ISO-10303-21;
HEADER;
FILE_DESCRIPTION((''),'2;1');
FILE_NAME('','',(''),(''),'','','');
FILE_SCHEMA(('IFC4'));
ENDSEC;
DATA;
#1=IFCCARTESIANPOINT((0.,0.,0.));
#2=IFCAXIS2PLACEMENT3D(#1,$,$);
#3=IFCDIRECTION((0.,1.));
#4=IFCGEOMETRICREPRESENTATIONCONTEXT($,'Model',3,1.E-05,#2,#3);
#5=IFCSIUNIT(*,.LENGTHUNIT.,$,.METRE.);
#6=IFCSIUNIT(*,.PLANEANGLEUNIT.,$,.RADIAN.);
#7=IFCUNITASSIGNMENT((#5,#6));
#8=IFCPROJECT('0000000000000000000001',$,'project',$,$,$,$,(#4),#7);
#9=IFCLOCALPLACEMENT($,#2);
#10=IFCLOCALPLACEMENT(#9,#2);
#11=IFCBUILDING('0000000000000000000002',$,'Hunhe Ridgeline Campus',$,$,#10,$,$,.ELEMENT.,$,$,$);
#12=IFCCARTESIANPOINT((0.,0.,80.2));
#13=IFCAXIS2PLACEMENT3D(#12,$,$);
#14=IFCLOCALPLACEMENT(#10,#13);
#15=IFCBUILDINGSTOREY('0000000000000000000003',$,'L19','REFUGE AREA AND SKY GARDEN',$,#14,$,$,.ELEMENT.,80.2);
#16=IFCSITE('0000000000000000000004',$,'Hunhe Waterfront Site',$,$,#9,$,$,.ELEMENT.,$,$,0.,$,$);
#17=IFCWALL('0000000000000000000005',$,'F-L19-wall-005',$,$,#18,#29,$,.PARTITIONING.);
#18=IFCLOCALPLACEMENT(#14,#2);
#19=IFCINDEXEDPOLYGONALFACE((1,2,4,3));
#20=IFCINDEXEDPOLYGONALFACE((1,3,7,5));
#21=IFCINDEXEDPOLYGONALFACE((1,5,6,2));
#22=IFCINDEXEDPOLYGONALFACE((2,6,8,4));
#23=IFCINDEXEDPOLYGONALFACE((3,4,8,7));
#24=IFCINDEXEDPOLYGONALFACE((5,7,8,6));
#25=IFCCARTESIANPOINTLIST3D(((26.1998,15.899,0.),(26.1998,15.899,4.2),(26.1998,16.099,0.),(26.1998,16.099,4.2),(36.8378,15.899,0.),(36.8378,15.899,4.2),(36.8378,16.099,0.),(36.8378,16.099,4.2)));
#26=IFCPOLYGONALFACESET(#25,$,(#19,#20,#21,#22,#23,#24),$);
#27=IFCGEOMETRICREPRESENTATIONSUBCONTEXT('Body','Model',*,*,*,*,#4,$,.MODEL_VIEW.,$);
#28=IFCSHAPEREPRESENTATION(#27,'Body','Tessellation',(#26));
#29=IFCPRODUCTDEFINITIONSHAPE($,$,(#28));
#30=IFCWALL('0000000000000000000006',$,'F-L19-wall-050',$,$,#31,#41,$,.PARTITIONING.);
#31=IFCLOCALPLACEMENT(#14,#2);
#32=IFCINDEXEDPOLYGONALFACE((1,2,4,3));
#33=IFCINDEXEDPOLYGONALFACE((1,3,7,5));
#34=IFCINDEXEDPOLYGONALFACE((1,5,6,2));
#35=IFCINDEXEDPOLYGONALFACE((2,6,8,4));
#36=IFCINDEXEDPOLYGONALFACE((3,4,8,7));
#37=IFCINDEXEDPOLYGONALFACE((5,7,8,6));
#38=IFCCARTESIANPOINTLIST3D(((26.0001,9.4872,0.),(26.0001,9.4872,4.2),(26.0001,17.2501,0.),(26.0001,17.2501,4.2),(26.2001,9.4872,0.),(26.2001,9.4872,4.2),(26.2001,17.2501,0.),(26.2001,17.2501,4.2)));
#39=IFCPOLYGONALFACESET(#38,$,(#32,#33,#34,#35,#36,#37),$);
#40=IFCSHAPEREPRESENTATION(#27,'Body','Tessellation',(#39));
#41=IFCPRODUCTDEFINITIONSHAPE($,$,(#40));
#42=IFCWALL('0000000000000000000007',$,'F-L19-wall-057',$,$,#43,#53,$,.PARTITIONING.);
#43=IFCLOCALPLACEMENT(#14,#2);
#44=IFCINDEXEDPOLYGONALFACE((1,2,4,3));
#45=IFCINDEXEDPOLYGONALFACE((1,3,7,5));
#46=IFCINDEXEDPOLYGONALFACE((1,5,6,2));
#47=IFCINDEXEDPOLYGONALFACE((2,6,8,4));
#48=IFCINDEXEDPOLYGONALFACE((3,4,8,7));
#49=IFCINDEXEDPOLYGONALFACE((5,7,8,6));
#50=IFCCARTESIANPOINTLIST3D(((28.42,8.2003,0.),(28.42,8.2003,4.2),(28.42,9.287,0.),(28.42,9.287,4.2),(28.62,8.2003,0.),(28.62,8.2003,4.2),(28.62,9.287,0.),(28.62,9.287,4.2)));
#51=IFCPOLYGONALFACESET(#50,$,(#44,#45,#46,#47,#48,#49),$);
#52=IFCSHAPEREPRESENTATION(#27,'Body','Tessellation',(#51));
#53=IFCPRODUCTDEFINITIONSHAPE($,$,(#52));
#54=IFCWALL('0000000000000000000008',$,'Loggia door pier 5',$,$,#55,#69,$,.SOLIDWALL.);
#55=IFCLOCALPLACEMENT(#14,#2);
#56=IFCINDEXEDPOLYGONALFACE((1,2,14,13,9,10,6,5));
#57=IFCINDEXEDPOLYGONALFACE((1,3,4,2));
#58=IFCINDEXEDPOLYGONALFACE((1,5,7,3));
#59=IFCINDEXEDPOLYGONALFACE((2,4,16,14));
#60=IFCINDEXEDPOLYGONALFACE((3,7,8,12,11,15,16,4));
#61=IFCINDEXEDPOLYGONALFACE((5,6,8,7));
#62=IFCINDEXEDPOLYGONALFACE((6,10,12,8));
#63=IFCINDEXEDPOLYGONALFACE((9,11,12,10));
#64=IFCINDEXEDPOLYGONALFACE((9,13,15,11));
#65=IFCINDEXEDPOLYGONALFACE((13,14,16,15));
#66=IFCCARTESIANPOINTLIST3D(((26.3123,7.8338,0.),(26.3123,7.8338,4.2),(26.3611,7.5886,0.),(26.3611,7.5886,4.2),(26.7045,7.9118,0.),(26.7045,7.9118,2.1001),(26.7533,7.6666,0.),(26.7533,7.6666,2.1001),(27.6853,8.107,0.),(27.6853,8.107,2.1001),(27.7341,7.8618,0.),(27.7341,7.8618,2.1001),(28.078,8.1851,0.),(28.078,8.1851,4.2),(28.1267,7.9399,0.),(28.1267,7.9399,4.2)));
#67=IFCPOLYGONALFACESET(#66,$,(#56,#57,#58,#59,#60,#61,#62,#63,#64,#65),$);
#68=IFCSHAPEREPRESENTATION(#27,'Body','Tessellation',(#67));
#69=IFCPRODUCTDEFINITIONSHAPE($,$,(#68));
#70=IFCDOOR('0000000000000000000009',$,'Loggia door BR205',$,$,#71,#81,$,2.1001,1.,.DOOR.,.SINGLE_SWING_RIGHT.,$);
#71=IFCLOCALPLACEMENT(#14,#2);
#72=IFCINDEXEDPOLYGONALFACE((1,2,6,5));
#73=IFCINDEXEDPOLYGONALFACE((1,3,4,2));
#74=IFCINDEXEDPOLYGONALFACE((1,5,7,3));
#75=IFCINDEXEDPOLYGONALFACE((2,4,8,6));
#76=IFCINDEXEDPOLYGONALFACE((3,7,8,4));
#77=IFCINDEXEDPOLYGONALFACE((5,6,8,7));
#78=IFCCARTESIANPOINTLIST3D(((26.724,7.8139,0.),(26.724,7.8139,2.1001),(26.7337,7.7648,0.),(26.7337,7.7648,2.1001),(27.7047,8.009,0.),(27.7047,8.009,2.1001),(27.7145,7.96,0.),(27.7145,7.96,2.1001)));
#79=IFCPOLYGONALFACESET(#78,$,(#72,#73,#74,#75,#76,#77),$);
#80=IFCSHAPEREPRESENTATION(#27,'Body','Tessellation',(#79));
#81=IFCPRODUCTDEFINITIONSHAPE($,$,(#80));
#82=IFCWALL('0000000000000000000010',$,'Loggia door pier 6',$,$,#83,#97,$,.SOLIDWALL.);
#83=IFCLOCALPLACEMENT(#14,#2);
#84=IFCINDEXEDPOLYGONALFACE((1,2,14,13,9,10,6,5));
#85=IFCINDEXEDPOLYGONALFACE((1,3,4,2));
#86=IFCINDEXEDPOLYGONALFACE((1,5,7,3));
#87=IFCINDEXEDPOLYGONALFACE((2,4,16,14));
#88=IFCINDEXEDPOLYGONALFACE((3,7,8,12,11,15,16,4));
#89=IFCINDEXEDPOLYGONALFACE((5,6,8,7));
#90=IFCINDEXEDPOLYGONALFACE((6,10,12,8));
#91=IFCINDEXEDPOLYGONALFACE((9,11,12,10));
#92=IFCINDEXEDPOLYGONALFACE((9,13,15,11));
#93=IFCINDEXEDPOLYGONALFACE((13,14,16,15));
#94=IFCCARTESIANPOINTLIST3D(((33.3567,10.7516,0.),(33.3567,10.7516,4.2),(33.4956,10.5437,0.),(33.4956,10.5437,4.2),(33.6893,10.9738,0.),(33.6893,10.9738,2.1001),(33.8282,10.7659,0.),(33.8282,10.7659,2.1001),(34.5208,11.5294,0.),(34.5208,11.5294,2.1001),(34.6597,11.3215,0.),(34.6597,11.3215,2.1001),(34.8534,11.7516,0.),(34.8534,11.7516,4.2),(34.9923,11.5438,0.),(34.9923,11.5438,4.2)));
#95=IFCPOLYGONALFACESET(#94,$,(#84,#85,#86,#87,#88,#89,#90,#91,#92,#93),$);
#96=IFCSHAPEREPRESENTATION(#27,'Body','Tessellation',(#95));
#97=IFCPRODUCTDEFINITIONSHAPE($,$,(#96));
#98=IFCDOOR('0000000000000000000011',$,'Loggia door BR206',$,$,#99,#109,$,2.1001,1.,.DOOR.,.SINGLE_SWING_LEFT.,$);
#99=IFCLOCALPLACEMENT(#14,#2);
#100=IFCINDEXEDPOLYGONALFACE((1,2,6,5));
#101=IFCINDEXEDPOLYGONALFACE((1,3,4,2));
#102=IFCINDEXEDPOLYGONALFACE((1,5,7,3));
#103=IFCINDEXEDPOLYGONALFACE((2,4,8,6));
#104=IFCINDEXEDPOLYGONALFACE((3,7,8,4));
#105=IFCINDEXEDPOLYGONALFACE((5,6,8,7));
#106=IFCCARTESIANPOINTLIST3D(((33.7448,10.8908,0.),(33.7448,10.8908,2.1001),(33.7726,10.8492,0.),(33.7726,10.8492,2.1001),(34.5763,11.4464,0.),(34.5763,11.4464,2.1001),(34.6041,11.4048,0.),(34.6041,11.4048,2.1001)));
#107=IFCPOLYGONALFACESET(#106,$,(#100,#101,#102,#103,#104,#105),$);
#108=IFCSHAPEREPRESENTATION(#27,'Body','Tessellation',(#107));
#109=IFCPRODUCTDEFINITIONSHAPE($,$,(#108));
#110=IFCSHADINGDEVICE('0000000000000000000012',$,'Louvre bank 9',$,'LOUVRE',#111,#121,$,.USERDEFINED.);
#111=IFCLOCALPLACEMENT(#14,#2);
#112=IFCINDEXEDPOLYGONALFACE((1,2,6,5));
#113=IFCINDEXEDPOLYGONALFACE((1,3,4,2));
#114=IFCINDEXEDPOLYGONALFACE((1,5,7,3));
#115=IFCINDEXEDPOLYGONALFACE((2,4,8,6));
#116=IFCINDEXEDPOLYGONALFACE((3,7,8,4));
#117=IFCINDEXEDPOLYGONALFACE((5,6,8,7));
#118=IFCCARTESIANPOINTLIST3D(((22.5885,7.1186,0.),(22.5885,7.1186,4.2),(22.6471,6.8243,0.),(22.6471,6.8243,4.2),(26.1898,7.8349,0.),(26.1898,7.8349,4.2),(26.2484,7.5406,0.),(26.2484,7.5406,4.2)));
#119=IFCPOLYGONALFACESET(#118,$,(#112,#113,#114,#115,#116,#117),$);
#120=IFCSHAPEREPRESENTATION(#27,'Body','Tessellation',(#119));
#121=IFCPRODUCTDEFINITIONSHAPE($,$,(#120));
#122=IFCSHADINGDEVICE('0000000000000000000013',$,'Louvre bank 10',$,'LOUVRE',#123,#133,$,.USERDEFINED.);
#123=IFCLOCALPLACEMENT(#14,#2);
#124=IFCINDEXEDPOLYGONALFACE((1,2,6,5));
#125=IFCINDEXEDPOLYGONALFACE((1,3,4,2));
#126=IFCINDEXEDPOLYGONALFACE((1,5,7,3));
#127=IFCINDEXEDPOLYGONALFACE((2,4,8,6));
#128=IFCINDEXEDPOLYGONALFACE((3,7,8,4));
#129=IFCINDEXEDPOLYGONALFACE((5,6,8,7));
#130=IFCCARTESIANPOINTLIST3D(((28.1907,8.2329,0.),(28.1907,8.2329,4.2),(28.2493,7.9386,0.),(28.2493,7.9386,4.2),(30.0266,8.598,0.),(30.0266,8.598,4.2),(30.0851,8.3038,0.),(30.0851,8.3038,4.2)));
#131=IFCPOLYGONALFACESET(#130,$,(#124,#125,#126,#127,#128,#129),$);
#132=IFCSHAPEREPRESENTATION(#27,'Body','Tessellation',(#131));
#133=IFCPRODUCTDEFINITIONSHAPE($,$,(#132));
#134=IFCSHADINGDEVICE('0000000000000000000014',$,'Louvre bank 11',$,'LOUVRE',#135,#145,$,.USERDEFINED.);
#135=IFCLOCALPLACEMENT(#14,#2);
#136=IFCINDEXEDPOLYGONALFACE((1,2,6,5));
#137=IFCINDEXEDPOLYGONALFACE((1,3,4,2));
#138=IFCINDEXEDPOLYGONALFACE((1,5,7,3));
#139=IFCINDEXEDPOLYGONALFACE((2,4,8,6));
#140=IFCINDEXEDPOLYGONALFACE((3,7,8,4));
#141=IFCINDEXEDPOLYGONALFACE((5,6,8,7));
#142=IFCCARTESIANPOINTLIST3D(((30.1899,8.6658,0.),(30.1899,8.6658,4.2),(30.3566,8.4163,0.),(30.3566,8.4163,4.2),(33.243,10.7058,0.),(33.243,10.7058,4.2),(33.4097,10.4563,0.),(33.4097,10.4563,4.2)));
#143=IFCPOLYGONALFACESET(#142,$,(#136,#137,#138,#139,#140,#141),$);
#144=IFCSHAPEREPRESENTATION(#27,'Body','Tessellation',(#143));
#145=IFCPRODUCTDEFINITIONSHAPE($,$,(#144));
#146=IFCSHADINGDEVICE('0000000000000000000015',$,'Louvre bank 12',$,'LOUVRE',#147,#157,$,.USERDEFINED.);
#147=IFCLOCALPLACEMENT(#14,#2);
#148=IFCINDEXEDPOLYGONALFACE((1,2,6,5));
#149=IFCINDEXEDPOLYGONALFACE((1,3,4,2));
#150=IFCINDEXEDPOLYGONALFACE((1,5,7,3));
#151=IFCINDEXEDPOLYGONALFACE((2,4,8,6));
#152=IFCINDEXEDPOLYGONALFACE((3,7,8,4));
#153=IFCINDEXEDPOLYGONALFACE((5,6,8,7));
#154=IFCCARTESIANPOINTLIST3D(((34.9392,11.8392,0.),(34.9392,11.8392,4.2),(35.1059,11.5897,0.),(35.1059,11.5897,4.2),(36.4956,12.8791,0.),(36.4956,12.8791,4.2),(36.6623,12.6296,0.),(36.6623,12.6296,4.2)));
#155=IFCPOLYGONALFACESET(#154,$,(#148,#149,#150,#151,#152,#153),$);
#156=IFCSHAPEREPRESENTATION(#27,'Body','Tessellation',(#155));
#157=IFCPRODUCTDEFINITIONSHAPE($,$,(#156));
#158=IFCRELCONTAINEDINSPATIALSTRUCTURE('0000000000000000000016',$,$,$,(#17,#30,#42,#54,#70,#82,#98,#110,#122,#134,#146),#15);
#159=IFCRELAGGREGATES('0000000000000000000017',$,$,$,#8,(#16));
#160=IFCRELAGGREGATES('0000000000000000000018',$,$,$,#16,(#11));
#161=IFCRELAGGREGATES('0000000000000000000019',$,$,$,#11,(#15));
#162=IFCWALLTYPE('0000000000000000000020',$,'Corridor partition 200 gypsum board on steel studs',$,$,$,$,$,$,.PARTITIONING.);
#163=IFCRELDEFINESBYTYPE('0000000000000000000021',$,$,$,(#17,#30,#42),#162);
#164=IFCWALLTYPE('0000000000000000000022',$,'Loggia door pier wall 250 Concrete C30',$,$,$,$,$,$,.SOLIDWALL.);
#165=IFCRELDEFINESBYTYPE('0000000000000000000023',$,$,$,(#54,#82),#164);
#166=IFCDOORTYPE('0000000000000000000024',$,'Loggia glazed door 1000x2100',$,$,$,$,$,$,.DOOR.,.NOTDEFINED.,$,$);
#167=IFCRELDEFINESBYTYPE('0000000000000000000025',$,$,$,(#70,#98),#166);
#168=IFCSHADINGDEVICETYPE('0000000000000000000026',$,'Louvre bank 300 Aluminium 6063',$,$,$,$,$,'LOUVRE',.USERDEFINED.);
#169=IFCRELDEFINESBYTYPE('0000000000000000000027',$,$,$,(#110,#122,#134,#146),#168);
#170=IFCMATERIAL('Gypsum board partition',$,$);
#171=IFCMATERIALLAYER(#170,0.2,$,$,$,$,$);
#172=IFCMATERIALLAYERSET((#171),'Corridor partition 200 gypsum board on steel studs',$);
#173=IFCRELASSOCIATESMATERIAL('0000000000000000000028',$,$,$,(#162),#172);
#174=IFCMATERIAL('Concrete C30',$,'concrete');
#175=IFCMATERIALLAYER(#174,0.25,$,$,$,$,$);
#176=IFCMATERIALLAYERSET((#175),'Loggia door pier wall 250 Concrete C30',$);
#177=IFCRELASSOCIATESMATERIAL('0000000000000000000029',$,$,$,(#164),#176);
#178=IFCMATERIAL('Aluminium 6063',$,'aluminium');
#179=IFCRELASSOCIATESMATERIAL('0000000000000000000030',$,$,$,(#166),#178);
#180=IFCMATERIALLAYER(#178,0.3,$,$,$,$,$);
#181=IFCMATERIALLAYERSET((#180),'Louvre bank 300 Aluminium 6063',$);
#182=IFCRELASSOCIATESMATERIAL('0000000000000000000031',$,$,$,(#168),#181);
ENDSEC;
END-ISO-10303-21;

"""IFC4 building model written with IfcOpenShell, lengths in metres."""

from ifc_helpers import new_model, si_unit, direction, frame, frame_2d, origin, origin_2d, place, context, subcontext, project, spatial, rectangle, extrude, material, layer, layer_set, type_object, element, fill, save


model = new_model("IFC4")

# Units and contexts
model_context = context("Model", 3, precision=1e-05, world=origin(), true_north=direction((0.0, 1.0)))
body_context = subcontext(model_context, "Body", "Model", "MODEL_VIEW")
ifc_project = project(units=[si_unit("LENGTHUNIT", "METRE"), si_unit("PLANEANGLEUNIT", "RADIAN")], contexts=[model_context])

# Site, building, storey
site_placement = place(None, origin())
site = spatial("IfcSite", under=ifc_project, at=site_placement, Name="Hunhe Waterfront Site", CompositionType="ELEMENT", RefElevation=0.0)
building_placement = place(site_placement, origin())
building = spatial("IfcBuilding", under=site, at=building_placement, Name="Hunhe Ridgeline Campus", CompositionType="ELEMENT")
storey_placement = place(building_placement, frame((0.0, 0.0, 80.2)))
storey = spatial("IfcBuildingStorey", under=building, at=storey_placement, Name="L19", Description="REFUGE AREA AND SKY GARDEN", CompositionType="ELEMENT", Elevation=80.2)

# Shared definitions
ifc_material_1 = material(Name="Aluminium 6063", Category="aluminium")

# Walls
ifc_material_2 = material(Name="Gypsum board partition")
ifc_layer_1 = layer(ifc_material_2, 0.2)
ifc_layer_set_1 = layer_set([ifc_layer_1], Name="Corridor partition 200 gypsum board on steel studs")
wall_type_1 = type_object("IfcWallType", Name="Corridor partition 200 gypsum board on steel studs", PredefinedType="PARTITIONING", material=ifc_layer_set_1)
wall_1_placement = place(storey_placement, frame((26.2, 15.999, 0.0), z_axis=(0.0, 0.0, 1.0), x_axis=(1.0, 0.0, 0.0)))
element("IfcWall", 1, at=wall_1_placement, inside=storey, type_object=wall_type_1, Name="F-L19-wall-005", PredefinedType="PARTITIONING", context=body_context, shape_type="SweptSolid", body=[
    extrude(rectangle(XDim=10.6379, YDim=0.2, at=frame_2d((5.3188, 0.0))), origin(), (0.0, 0.0, 1.0), 4.2),
])
wall_2_placement = place(storey_placement, frame((26.1001, 17.25, 0.0), z_axis=(0.0, 0.0, 1.0), x_axis=(0.0, -1.0, 0.0)))
element("IfcWall", 2, at=wall_2_placement, inside=storey, type_object=wall_type_1, Name="F-L19-wall-050", PredefinedType="PARTITIONING", context=body_context, shape_type="SweptSolid", body=[
    extrude(rectangle(XDim=7.7629, YDim=0.2, at=frame_2d((3.8813, 0.0))), origin(), (0.0, 0.0, 1.0), 4.2),
])
wall_3_placement = place(storey_placement, frame((28.52, 9.2871, 0.0), z_axis=(0.0, 0.0, 1.0), x_axis=(0.0, -1.0, 0.0)))
element("IfcWall", 3, at=wall_3_placement, inside=storey, type_object=wall_type_1, Name="F-L19-wall-057", PredefinedType="PARTITIONING", context=body_context, shape_type="SweptSolid", body=[
    extrude(rectangle(XDim=1.0867, YDim=0.2, at=frame_2d((0.5435, 0.0))), origin(), (0.0, 0.0, 1.0), 4.2),
])

# Walls, openings, doors
ifc_material_3 = material(Name="Concrete C30", Category="concrete")
ifc_layer_2 = layer(ifc_material_3, 0.25)
ifc_layer_set_2 = layer_set([ifc_layer_2], Name="Loggia door pier wall 250 Concrete C30")
wall_type_2 = type_object("IfcWallType", Name="Loggia door pier wall 250 Concrete C30", PredefinedType="SOLIDWALL", material=ifc_layer_set_2)
wall_4_placement = place(storey_placement, frame((26.3367, 7.7112, 0.0), z_axis=(0.0, 0.0, 1.0), x_axis=(0.980773, 0.195151, 0.0)))
wall_4 = element("IfcWall", 4, at=wall_4_placement, inside=storey, type_object=wall_type_2, Name="Loggia door pier 5", PredefinedType="SOLIDWALL", context=body_context, shape_type="SweptSolid", body=[
    extrude(rectangle(XDim=1.8003, YDim=0.25, at=frame_2d((0.9001, 0.0))), origin(), (0.0, 0.0, 1.0), 4.2),
])
opening_1_placement = place(wall_4_placement, frame((0.3999, 0.0, 0.0)))
opening_1 = element("IfcOpeningElement", 5, at=opening_1_placement, cuts=wall_4, PredefinedType="OPENING", context=body_context, shape_type="SweptSolid", body=[
    extrude(rectangle(XDim=1.0, YDim=2.1001, at=frame_2d((0.5, 1.05))), frame((0.0, 0.125, 0.0), z_axis=(0.0, -1.0, 0.0), x_axis=(1.0, 0.0, 0.0)), (0.0, 0.0, 1.0), 0.25),
])
door_type = type_object("IfcDoorType", Name="Loggia glazed door 1000x2100", OperationType="NOTDEFINED", PredefinedType="DOOR", material=ifc_material_1)
door_1_placement = place(opening_1_placement, frame((1.0, 0.0, 0.0), z_axis=(0.0, 0.0, 1.0), x_axis=(-1.0, 0.0, 0.0)))
door_1 = element("IfcDoor", 6, at=door_1_placement, inside=storey, type_object=door_type, Name="Loggia door BR205", OperationType="SINGLE_SWING_RIGHT", OverallHeight=2.1001, OverallWidth=1.0, PredefinedType="DOOR", context=body_context, shape_type="SweptSolid", body=[
    extrude(rectangle(XDim=1.0, YDim=2.1001, at=frame_2d((0.5, 1.05))), frame((0.0, 0.0249, 0.0), z_axis=(0.0, -1.0, 0.0), x_axis=(1.0, 0.0, 0.0)), (0.0, 0.0, 1.0), 0.05),
])
fill(opening_1, door_1)
wall_5_placement = place(storey_placement, frame((33.4263, 10.6477, 0.0), z_axis=(0.0, 0.0, 1.0), x_axis=(0.831466, 0.555576, 0.0)))
wall_5 = element("IfcWall", 7, at=wall_5_placement, inside=storey, type_object=wall_type_2, Name="Loggia door pier 6", PredefinedType="SOLIDWALL", context=body_context, shape_type="SweptSolid", body=[
    extrude(rectangle(XDim=1.8, YDim=0.25, at=frame_2d((0.8999, 0.0))), origin(), (0.0, 0.0, 1.0), 4.2),
])
opening_2_placement = place(wall_5_placement, frame((0.3999, 0.0, 0.0)))
opening_2 = element("IfcOpeningElement", 8, at=opening_2_placement, cuts=wall_5, PredefinedType="OPENING", context=body_context, shape_type="SweptSolid", body=[
    extrude(rectangle(XDim=1.0, YDim=2.1001, at=frame_2d((0.5, 1.05))), frame((0.0, 0.125, 0.0), z_axis=(0.0, -1.0, 0.0), x_axis=(1.0, 0.0, 0.0)), (0.0, 0.0, 1.0), 0.25),
])
door_2_placement = place(opening_2_placement, frame((1.0, 0.0, 0.0), z_axis=(0.0, 0.0, 1.0), x_axis=(-1.0, 0.0, 0.0)))
door_2 = element("IfcDoor", 9, at=door_2_placement, inside=storey, type_object=door_type, Name="Loggia door BR206", OperationType="SINGLE_SWING_LEFT", OverallHeight=2.1001, OverallWidth=1.0, PredefinedType="DOOR", context=body_context, shape_type="SweptSolid", body=[
    extrude(rectangle(XDim=1.0, YDim=2.1001, at=frame_2d((0.5, 1.05))), frame((0.0, 0.0249, 0.0), z_axis=(0.0, -1.0, 0.0), x_axis=(1.0, 0.0, 0.0)), (0.0, 0.0, 1.0), 0.05),
])
fill(opening_2, door_2)

# Shading devices
ifc_layer_3 = layer(ifc_material_1, 0.3)
ifc_layer_set_3 = layer_set([ifc_layer_3], Name="Louvre bank 300 Aluminium 6063")
shading_device_type = type_object("IfcShadingDeviceType", Name="Louvre bank 300 Aluminium 6063", ElementType="LOUVRE", PredefinedType="USERDEFINED", material=ifc_layer_set_3)
shading_device_1_placement = place(storey_placement, frame((24.4185, 7.3296, 0.0), z_axis=(0.0, 0.0, 1.0), x_axis=(0.980785, 0.19509, 0.0)))
element("IfcShadingDevice", 10, at=shading_device_1_placement, inside=storey, type_object=shading_device_type, Name="Louvre bank 9", ObjectType="LOUVRE", PredefinedType="USERDEFINED", context=body_context, shape_type="SweptSolid", body=[
    extrude(rectangle(XDim=3.6719, YDim=0.3, at=origin_2d()), origin(), (0.0, 0.0, 1.0), 4.2),
])
shading_device_2_placement = place(storey_placement, frame((29.1379, 8.2683, 0.0), z_axis=(0.0, 0.0, 1.0), x_axis=(0.980785, 0.19509, 0.0)))
element("IfcShadingDevice", 11, at=shading_device_2_placement, inside=storey, type_object=shading_device_type, Name="Louvre bank 10", ObjectType="LOUVRE", PredefinedType="USERDEFINED", context=body_context, shape_type="SweptSolid", body=[
    extrude(rectangle(XDim=1.8718, YDim=0.3, at=origin_2d()), origin(), (0.0, 0.0, 1.0), 4.2),
])
shading_device_3_placement = place(storey_placement, frame((31.7998, 9.561, 0.0), z_axis=(0.0, 0.0, 1.0), x_axis=(0.83147, 0.55557, 0.0)))
element("IfcShadingDevice", 12, at=shading_device_3_placement, inside=storey, type_object=shading_device_type, Name="Louvre bank 11", ObjectType="LOUVRE", PredefinedType="USERDEFINED", context=body_context, shape_type="SweptSolid", body=[
    extrude(rectangle(XDim=3.6719, YDim=0.3, at=origin_2d()), origin(), (0.0, 0.0, 1.0), 4.2),
])
shading_device_4_placement = place(storey_placement, frame((35.8008, 12.2344, 0.0), z_axis=(0.0, 0.0, 1.0), x_axis=(0.83147, 0.55557, 0.0)))
element("IfcShadingDevice", 13, at=shading_device_4_placement, inside=storey, type_object=shading_device_type, Name="Louvre bank 12", ObjectType="LOUVRE", PredefinedType="USERDEFINED", context=body_context, shape_type="SweptSolid", body=[
    extrude(rectangle(XDim=1.8718, YDim=0.3, at=origin_2d()), origin(), (0.0, 0.0, 1.0), 4.2),
])

save(model, "model.ifc")
